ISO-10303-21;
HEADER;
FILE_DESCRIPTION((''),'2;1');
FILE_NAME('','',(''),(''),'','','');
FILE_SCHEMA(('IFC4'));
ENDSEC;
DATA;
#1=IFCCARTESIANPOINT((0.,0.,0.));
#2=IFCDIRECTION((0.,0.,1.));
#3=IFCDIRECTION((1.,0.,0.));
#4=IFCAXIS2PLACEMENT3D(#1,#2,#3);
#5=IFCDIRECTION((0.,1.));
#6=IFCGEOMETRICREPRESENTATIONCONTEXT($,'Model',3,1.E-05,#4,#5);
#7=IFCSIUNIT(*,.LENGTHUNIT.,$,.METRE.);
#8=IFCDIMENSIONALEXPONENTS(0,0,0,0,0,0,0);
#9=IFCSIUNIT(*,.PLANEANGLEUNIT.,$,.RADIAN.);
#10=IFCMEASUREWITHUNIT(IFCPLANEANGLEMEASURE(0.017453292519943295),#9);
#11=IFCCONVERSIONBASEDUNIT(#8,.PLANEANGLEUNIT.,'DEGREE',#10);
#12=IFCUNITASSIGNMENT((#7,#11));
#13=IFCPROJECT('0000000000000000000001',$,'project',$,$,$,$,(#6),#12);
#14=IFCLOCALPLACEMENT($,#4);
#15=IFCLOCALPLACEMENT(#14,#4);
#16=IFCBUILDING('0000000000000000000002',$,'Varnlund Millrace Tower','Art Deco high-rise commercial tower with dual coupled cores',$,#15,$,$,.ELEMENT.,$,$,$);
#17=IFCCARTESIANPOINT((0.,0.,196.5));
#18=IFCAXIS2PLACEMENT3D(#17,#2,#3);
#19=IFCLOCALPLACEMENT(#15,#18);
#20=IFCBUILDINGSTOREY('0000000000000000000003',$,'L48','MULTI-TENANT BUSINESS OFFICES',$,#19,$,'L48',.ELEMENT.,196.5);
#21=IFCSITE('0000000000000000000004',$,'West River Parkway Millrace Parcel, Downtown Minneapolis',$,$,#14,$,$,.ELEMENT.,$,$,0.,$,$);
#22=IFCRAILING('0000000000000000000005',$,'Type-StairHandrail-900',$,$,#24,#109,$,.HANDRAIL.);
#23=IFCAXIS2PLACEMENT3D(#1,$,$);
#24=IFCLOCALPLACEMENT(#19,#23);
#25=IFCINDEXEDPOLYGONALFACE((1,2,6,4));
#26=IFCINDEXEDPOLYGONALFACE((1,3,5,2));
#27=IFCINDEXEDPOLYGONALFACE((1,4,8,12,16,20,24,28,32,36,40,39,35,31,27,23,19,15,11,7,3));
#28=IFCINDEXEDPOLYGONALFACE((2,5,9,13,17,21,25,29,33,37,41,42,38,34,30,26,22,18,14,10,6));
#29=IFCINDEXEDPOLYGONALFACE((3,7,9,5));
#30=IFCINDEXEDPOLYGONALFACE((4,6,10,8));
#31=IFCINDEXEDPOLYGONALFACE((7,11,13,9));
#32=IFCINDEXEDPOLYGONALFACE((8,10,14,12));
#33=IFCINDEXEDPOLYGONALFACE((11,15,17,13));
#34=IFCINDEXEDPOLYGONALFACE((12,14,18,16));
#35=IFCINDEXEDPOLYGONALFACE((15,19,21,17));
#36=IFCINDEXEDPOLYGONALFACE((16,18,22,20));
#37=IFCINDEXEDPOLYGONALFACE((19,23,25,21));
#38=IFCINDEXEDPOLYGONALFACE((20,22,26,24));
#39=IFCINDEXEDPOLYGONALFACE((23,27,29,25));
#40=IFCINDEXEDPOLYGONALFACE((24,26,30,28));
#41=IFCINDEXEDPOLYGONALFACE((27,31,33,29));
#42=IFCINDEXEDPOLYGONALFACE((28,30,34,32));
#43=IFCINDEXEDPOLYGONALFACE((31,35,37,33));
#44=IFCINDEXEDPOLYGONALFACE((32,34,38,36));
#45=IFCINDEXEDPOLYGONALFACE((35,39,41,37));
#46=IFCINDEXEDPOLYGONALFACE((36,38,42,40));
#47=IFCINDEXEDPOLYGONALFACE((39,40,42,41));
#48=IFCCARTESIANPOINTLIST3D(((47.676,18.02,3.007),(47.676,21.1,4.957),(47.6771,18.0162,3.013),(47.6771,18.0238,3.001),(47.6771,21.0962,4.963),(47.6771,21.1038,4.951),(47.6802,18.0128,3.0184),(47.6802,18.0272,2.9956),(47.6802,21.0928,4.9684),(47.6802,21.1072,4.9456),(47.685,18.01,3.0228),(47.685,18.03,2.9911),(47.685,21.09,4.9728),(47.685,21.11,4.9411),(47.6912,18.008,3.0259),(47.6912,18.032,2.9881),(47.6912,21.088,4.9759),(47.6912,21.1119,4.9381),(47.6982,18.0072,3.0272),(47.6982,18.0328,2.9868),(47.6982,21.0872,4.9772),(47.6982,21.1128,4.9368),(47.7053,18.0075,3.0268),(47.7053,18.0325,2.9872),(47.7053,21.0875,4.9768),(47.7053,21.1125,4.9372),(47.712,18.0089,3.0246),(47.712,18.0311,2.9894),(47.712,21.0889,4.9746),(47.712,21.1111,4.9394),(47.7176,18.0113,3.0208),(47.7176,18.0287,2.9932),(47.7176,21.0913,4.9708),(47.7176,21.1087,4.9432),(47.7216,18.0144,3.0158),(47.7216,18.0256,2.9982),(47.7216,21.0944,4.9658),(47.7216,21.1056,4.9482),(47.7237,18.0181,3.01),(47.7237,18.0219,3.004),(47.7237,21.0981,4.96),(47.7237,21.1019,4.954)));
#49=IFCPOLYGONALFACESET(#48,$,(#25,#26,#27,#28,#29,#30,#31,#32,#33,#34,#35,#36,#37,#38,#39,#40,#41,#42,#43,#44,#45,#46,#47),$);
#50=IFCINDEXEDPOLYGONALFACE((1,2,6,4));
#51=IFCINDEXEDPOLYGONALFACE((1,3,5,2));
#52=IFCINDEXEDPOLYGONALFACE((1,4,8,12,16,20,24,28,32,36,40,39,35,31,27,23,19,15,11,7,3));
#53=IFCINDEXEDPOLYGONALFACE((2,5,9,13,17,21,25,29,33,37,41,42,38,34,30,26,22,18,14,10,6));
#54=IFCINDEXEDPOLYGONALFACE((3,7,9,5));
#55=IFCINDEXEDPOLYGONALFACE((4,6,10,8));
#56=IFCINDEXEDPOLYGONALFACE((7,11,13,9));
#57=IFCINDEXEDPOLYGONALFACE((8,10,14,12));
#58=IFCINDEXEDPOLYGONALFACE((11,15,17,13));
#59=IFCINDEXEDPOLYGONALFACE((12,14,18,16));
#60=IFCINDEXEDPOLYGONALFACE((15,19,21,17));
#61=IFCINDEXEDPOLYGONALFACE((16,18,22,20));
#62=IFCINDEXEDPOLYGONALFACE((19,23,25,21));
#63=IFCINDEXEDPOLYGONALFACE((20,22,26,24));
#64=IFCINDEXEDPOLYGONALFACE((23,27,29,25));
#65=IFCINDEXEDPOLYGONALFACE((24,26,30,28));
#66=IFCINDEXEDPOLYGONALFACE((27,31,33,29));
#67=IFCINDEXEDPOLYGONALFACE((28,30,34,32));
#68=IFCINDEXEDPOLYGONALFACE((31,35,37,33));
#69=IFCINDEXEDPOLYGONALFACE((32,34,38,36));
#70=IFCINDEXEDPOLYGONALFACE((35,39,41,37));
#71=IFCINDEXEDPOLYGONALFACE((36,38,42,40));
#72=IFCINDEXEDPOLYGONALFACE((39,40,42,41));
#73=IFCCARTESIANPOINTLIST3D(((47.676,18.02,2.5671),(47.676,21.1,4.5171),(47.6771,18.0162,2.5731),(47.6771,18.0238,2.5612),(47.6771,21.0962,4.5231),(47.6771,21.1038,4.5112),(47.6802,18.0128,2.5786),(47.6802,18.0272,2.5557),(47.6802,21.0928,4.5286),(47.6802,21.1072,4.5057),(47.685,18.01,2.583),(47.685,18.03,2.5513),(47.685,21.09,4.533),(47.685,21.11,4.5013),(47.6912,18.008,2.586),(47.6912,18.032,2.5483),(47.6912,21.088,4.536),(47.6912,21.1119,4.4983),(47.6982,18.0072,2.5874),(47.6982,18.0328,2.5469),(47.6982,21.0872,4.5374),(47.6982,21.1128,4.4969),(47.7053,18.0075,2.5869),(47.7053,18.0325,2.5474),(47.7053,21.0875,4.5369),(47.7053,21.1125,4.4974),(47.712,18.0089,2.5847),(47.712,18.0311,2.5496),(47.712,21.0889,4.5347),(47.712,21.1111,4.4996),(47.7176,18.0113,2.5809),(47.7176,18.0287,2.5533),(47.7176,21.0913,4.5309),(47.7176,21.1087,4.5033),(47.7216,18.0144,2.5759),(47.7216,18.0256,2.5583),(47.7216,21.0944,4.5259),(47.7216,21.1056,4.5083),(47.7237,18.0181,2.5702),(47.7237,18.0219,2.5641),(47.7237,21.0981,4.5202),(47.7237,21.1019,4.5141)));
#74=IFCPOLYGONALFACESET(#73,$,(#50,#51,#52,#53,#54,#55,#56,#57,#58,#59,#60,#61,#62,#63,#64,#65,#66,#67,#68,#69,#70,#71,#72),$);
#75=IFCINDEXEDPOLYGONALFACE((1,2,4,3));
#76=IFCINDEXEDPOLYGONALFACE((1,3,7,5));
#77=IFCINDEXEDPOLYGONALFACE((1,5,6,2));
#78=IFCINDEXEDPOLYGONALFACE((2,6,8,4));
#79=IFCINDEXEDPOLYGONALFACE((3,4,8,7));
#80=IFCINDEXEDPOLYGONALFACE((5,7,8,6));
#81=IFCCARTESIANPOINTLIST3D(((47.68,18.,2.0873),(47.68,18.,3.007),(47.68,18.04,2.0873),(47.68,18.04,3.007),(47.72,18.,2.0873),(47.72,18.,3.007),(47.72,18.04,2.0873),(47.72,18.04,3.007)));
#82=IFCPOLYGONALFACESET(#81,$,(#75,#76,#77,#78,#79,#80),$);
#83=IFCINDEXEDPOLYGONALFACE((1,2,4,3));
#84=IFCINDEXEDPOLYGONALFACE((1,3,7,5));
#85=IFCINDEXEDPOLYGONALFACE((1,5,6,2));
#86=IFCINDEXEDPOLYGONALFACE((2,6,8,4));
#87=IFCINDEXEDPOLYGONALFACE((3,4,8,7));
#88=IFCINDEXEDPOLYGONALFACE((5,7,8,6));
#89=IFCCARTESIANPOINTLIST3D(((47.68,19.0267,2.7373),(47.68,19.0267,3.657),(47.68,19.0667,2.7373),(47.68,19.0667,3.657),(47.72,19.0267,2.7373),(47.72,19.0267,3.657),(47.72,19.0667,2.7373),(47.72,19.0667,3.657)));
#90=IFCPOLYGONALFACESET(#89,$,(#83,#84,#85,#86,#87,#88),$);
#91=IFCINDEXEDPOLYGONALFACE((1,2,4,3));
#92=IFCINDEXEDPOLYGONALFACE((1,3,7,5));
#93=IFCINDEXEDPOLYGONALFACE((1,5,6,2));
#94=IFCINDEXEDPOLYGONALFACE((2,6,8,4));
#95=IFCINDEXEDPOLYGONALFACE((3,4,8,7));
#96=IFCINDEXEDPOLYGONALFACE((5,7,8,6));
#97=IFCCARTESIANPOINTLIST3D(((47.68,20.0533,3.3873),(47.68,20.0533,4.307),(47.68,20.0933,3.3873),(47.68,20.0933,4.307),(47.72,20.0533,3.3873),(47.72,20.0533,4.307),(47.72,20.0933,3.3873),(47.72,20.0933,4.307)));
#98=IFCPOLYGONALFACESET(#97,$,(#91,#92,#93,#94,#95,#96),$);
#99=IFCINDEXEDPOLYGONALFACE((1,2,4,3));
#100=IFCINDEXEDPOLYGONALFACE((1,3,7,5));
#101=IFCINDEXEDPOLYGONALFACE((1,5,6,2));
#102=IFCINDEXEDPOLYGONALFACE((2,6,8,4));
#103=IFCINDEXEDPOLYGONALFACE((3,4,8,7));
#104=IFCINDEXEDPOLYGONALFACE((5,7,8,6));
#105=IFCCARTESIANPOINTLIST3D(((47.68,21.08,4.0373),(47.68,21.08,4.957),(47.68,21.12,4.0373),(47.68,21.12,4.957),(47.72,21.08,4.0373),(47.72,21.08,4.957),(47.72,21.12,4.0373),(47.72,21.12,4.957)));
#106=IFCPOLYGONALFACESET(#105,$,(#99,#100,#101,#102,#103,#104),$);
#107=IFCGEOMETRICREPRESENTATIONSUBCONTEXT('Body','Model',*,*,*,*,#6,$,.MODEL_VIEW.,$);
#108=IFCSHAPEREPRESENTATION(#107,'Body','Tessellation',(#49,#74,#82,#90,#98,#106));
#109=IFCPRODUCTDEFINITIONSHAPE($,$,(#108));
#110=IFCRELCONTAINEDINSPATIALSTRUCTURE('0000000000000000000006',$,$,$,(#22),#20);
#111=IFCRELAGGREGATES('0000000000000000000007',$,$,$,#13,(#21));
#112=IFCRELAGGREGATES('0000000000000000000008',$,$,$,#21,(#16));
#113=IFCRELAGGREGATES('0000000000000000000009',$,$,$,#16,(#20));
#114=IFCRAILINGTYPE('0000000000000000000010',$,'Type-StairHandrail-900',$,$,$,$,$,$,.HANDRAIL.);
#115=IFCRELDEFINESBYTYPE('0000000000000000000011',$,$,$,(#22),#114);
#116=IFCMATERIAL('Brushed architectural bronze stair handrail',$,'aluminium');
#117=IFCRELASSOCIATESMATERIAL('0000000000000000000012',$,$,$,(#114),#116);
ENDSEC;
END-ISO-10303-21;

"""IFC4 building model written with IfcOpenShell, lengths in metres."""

from ifc_helpers import new_model, entity, si_unit, converted_unit, direction, frame, origin_with_axes, origin_2d_with_axis, place, context, subcontext, project, spatial, rectangle, circle, extrude, material, type_object, element, save


model = new_model("IFC4")

# Units and contexts
model_context = context("Model", 3, precision=1e-05, world=origin_with_axes(), true_north=direction((0.0, 1.0)))
body_context = subcontext(model_context, "Body", "Model", "MODEL_VIEW")
ifc_project = project(units=[si_unit("LENGTHUNIT", "METRE"), converted_unit("PLANEANGLEUNIT", "DEGREE", entity("IfcPlaneAngleMeasure", 0.017453292519943295), si_unit("PLANEANGLEUNIT", "RADIAN"), dimensions=[0, 0, 0, 0, 0, 0, 0])], contexts=[model_context])

# Site, building, storey
site_placement = place(None, origin_with_axes())
site = spatial("IfcSite", under=ifc_project, at=site_placement, Name="West River Parkway Millrace Parcel, Downtown Minneapolis", CompositionType="ELEMENT", RefElevation=0.0)
building_placement = place(site_placement, origin_with_axes())
building = spatial("IfcBuilding", under=site, at=building_placement, Name="Varnlund Millrace Tower", Description="Art Deco high-rise commercial tower with dual coupled cores", CompositionType="ELEMENT")
storey_placement = place(building_placement, frame((0.0, 0.0, 196.5), z_axis=(0.0, 0.0, 1.0), x_axis=(1.0, 0.0, 0.0)))
storey = spatial("IfcBuildingStorey", under=building, at=storey_placement, Name="L48", Description="MULTI-TENANT BUSINESS OFFICES", LongName="L48", CompositionType="ELEMENT", Elevation=196.5)

# Railing
ifc_material_1 = material(Name="Brushed architectural bronze stair handrail", Category="aluminium")
railing_type_1 = type_object("IfcRailingType", Name="Type-StairHandrail-900", PredefinedType="HANDRAIL", material=ifc_material_1)
railing_1_placement = place(storey_placement, frame((0.0, 0.0, -196.5), z_axis=(0.0, 0.0, 1.0), x_axis=(1.0, 0.0, 0.0)))
element("IfcRailing", 1, at=railing_1_placement, inside=storey, type_object=railing_type_1, Name="Type-StairHandrail-900", PredefinedType="HANDRAIL", context=body_context, shape_type="SweptSolid", body=[
    extrude(circle(Radius=0.024, at=origin_2d_with_axis()), frame((47.7, 18.02, 199.507), z_axis=(0.0, 0.844902, 0.534922), x_axis=(-1.0, 0.0, 0.0)), (0.0, 0.0, 1.0), 3.6454),
    extrude(circle(Radius=0.024, at=origin_2d_with_axis()), frame((47.7, 18.02, 199.0671), z_axis=(0.0, 0.844902, 0.534922), x_axis=(-1.0, 0.0, 0.0)), (0.0, 0.0, 1.0), 3.6454),
    extrude(rectangle(XDim=0.04, YDim=0.04, at=origin_2d_with_axis()), frame((47.7, 18.02, 198.5873), z_axis=(0.0, 0.0, 1.0), x_axis=(1.0, 0.0, 0.0)), (0.0, 0.0, 1.0), 0.9197),
    extrude(rectangle(XDim=0.04, YDim=0.04, at=origin_2d_with_axis()), frame((47.7, 19.0467, 199.2373), z_axis=(0.0, 0.0, 1.0), x_axis=(1.0, 0.0, 0.0)), (0.0, 0.0, 1.0), 0.9197),
    extrude(rectangle(XDim=0.04, YDim=0.04, at=origin_2d_with_axis()), frame((47.7, 20.0733, 199.8873), z_axis=(0.0, 0.0, 1.0), x_axis=(1.0, 0.0, 0.0)), (0.0, 0.0, 1.0), 0.9197),
    extrude(rectangle(XDim=0.04, YDim=0.04, at=origin_2d_with_axis()), frame((47.7, 21.1, 200.5373), z_axis=(0.0, 0.0, 1.0), x_axis=(1.0, 0.0, 0.0)), (0.0, 0.0, 1.0), 0.9197),
])

save(model, "model.ifc")
